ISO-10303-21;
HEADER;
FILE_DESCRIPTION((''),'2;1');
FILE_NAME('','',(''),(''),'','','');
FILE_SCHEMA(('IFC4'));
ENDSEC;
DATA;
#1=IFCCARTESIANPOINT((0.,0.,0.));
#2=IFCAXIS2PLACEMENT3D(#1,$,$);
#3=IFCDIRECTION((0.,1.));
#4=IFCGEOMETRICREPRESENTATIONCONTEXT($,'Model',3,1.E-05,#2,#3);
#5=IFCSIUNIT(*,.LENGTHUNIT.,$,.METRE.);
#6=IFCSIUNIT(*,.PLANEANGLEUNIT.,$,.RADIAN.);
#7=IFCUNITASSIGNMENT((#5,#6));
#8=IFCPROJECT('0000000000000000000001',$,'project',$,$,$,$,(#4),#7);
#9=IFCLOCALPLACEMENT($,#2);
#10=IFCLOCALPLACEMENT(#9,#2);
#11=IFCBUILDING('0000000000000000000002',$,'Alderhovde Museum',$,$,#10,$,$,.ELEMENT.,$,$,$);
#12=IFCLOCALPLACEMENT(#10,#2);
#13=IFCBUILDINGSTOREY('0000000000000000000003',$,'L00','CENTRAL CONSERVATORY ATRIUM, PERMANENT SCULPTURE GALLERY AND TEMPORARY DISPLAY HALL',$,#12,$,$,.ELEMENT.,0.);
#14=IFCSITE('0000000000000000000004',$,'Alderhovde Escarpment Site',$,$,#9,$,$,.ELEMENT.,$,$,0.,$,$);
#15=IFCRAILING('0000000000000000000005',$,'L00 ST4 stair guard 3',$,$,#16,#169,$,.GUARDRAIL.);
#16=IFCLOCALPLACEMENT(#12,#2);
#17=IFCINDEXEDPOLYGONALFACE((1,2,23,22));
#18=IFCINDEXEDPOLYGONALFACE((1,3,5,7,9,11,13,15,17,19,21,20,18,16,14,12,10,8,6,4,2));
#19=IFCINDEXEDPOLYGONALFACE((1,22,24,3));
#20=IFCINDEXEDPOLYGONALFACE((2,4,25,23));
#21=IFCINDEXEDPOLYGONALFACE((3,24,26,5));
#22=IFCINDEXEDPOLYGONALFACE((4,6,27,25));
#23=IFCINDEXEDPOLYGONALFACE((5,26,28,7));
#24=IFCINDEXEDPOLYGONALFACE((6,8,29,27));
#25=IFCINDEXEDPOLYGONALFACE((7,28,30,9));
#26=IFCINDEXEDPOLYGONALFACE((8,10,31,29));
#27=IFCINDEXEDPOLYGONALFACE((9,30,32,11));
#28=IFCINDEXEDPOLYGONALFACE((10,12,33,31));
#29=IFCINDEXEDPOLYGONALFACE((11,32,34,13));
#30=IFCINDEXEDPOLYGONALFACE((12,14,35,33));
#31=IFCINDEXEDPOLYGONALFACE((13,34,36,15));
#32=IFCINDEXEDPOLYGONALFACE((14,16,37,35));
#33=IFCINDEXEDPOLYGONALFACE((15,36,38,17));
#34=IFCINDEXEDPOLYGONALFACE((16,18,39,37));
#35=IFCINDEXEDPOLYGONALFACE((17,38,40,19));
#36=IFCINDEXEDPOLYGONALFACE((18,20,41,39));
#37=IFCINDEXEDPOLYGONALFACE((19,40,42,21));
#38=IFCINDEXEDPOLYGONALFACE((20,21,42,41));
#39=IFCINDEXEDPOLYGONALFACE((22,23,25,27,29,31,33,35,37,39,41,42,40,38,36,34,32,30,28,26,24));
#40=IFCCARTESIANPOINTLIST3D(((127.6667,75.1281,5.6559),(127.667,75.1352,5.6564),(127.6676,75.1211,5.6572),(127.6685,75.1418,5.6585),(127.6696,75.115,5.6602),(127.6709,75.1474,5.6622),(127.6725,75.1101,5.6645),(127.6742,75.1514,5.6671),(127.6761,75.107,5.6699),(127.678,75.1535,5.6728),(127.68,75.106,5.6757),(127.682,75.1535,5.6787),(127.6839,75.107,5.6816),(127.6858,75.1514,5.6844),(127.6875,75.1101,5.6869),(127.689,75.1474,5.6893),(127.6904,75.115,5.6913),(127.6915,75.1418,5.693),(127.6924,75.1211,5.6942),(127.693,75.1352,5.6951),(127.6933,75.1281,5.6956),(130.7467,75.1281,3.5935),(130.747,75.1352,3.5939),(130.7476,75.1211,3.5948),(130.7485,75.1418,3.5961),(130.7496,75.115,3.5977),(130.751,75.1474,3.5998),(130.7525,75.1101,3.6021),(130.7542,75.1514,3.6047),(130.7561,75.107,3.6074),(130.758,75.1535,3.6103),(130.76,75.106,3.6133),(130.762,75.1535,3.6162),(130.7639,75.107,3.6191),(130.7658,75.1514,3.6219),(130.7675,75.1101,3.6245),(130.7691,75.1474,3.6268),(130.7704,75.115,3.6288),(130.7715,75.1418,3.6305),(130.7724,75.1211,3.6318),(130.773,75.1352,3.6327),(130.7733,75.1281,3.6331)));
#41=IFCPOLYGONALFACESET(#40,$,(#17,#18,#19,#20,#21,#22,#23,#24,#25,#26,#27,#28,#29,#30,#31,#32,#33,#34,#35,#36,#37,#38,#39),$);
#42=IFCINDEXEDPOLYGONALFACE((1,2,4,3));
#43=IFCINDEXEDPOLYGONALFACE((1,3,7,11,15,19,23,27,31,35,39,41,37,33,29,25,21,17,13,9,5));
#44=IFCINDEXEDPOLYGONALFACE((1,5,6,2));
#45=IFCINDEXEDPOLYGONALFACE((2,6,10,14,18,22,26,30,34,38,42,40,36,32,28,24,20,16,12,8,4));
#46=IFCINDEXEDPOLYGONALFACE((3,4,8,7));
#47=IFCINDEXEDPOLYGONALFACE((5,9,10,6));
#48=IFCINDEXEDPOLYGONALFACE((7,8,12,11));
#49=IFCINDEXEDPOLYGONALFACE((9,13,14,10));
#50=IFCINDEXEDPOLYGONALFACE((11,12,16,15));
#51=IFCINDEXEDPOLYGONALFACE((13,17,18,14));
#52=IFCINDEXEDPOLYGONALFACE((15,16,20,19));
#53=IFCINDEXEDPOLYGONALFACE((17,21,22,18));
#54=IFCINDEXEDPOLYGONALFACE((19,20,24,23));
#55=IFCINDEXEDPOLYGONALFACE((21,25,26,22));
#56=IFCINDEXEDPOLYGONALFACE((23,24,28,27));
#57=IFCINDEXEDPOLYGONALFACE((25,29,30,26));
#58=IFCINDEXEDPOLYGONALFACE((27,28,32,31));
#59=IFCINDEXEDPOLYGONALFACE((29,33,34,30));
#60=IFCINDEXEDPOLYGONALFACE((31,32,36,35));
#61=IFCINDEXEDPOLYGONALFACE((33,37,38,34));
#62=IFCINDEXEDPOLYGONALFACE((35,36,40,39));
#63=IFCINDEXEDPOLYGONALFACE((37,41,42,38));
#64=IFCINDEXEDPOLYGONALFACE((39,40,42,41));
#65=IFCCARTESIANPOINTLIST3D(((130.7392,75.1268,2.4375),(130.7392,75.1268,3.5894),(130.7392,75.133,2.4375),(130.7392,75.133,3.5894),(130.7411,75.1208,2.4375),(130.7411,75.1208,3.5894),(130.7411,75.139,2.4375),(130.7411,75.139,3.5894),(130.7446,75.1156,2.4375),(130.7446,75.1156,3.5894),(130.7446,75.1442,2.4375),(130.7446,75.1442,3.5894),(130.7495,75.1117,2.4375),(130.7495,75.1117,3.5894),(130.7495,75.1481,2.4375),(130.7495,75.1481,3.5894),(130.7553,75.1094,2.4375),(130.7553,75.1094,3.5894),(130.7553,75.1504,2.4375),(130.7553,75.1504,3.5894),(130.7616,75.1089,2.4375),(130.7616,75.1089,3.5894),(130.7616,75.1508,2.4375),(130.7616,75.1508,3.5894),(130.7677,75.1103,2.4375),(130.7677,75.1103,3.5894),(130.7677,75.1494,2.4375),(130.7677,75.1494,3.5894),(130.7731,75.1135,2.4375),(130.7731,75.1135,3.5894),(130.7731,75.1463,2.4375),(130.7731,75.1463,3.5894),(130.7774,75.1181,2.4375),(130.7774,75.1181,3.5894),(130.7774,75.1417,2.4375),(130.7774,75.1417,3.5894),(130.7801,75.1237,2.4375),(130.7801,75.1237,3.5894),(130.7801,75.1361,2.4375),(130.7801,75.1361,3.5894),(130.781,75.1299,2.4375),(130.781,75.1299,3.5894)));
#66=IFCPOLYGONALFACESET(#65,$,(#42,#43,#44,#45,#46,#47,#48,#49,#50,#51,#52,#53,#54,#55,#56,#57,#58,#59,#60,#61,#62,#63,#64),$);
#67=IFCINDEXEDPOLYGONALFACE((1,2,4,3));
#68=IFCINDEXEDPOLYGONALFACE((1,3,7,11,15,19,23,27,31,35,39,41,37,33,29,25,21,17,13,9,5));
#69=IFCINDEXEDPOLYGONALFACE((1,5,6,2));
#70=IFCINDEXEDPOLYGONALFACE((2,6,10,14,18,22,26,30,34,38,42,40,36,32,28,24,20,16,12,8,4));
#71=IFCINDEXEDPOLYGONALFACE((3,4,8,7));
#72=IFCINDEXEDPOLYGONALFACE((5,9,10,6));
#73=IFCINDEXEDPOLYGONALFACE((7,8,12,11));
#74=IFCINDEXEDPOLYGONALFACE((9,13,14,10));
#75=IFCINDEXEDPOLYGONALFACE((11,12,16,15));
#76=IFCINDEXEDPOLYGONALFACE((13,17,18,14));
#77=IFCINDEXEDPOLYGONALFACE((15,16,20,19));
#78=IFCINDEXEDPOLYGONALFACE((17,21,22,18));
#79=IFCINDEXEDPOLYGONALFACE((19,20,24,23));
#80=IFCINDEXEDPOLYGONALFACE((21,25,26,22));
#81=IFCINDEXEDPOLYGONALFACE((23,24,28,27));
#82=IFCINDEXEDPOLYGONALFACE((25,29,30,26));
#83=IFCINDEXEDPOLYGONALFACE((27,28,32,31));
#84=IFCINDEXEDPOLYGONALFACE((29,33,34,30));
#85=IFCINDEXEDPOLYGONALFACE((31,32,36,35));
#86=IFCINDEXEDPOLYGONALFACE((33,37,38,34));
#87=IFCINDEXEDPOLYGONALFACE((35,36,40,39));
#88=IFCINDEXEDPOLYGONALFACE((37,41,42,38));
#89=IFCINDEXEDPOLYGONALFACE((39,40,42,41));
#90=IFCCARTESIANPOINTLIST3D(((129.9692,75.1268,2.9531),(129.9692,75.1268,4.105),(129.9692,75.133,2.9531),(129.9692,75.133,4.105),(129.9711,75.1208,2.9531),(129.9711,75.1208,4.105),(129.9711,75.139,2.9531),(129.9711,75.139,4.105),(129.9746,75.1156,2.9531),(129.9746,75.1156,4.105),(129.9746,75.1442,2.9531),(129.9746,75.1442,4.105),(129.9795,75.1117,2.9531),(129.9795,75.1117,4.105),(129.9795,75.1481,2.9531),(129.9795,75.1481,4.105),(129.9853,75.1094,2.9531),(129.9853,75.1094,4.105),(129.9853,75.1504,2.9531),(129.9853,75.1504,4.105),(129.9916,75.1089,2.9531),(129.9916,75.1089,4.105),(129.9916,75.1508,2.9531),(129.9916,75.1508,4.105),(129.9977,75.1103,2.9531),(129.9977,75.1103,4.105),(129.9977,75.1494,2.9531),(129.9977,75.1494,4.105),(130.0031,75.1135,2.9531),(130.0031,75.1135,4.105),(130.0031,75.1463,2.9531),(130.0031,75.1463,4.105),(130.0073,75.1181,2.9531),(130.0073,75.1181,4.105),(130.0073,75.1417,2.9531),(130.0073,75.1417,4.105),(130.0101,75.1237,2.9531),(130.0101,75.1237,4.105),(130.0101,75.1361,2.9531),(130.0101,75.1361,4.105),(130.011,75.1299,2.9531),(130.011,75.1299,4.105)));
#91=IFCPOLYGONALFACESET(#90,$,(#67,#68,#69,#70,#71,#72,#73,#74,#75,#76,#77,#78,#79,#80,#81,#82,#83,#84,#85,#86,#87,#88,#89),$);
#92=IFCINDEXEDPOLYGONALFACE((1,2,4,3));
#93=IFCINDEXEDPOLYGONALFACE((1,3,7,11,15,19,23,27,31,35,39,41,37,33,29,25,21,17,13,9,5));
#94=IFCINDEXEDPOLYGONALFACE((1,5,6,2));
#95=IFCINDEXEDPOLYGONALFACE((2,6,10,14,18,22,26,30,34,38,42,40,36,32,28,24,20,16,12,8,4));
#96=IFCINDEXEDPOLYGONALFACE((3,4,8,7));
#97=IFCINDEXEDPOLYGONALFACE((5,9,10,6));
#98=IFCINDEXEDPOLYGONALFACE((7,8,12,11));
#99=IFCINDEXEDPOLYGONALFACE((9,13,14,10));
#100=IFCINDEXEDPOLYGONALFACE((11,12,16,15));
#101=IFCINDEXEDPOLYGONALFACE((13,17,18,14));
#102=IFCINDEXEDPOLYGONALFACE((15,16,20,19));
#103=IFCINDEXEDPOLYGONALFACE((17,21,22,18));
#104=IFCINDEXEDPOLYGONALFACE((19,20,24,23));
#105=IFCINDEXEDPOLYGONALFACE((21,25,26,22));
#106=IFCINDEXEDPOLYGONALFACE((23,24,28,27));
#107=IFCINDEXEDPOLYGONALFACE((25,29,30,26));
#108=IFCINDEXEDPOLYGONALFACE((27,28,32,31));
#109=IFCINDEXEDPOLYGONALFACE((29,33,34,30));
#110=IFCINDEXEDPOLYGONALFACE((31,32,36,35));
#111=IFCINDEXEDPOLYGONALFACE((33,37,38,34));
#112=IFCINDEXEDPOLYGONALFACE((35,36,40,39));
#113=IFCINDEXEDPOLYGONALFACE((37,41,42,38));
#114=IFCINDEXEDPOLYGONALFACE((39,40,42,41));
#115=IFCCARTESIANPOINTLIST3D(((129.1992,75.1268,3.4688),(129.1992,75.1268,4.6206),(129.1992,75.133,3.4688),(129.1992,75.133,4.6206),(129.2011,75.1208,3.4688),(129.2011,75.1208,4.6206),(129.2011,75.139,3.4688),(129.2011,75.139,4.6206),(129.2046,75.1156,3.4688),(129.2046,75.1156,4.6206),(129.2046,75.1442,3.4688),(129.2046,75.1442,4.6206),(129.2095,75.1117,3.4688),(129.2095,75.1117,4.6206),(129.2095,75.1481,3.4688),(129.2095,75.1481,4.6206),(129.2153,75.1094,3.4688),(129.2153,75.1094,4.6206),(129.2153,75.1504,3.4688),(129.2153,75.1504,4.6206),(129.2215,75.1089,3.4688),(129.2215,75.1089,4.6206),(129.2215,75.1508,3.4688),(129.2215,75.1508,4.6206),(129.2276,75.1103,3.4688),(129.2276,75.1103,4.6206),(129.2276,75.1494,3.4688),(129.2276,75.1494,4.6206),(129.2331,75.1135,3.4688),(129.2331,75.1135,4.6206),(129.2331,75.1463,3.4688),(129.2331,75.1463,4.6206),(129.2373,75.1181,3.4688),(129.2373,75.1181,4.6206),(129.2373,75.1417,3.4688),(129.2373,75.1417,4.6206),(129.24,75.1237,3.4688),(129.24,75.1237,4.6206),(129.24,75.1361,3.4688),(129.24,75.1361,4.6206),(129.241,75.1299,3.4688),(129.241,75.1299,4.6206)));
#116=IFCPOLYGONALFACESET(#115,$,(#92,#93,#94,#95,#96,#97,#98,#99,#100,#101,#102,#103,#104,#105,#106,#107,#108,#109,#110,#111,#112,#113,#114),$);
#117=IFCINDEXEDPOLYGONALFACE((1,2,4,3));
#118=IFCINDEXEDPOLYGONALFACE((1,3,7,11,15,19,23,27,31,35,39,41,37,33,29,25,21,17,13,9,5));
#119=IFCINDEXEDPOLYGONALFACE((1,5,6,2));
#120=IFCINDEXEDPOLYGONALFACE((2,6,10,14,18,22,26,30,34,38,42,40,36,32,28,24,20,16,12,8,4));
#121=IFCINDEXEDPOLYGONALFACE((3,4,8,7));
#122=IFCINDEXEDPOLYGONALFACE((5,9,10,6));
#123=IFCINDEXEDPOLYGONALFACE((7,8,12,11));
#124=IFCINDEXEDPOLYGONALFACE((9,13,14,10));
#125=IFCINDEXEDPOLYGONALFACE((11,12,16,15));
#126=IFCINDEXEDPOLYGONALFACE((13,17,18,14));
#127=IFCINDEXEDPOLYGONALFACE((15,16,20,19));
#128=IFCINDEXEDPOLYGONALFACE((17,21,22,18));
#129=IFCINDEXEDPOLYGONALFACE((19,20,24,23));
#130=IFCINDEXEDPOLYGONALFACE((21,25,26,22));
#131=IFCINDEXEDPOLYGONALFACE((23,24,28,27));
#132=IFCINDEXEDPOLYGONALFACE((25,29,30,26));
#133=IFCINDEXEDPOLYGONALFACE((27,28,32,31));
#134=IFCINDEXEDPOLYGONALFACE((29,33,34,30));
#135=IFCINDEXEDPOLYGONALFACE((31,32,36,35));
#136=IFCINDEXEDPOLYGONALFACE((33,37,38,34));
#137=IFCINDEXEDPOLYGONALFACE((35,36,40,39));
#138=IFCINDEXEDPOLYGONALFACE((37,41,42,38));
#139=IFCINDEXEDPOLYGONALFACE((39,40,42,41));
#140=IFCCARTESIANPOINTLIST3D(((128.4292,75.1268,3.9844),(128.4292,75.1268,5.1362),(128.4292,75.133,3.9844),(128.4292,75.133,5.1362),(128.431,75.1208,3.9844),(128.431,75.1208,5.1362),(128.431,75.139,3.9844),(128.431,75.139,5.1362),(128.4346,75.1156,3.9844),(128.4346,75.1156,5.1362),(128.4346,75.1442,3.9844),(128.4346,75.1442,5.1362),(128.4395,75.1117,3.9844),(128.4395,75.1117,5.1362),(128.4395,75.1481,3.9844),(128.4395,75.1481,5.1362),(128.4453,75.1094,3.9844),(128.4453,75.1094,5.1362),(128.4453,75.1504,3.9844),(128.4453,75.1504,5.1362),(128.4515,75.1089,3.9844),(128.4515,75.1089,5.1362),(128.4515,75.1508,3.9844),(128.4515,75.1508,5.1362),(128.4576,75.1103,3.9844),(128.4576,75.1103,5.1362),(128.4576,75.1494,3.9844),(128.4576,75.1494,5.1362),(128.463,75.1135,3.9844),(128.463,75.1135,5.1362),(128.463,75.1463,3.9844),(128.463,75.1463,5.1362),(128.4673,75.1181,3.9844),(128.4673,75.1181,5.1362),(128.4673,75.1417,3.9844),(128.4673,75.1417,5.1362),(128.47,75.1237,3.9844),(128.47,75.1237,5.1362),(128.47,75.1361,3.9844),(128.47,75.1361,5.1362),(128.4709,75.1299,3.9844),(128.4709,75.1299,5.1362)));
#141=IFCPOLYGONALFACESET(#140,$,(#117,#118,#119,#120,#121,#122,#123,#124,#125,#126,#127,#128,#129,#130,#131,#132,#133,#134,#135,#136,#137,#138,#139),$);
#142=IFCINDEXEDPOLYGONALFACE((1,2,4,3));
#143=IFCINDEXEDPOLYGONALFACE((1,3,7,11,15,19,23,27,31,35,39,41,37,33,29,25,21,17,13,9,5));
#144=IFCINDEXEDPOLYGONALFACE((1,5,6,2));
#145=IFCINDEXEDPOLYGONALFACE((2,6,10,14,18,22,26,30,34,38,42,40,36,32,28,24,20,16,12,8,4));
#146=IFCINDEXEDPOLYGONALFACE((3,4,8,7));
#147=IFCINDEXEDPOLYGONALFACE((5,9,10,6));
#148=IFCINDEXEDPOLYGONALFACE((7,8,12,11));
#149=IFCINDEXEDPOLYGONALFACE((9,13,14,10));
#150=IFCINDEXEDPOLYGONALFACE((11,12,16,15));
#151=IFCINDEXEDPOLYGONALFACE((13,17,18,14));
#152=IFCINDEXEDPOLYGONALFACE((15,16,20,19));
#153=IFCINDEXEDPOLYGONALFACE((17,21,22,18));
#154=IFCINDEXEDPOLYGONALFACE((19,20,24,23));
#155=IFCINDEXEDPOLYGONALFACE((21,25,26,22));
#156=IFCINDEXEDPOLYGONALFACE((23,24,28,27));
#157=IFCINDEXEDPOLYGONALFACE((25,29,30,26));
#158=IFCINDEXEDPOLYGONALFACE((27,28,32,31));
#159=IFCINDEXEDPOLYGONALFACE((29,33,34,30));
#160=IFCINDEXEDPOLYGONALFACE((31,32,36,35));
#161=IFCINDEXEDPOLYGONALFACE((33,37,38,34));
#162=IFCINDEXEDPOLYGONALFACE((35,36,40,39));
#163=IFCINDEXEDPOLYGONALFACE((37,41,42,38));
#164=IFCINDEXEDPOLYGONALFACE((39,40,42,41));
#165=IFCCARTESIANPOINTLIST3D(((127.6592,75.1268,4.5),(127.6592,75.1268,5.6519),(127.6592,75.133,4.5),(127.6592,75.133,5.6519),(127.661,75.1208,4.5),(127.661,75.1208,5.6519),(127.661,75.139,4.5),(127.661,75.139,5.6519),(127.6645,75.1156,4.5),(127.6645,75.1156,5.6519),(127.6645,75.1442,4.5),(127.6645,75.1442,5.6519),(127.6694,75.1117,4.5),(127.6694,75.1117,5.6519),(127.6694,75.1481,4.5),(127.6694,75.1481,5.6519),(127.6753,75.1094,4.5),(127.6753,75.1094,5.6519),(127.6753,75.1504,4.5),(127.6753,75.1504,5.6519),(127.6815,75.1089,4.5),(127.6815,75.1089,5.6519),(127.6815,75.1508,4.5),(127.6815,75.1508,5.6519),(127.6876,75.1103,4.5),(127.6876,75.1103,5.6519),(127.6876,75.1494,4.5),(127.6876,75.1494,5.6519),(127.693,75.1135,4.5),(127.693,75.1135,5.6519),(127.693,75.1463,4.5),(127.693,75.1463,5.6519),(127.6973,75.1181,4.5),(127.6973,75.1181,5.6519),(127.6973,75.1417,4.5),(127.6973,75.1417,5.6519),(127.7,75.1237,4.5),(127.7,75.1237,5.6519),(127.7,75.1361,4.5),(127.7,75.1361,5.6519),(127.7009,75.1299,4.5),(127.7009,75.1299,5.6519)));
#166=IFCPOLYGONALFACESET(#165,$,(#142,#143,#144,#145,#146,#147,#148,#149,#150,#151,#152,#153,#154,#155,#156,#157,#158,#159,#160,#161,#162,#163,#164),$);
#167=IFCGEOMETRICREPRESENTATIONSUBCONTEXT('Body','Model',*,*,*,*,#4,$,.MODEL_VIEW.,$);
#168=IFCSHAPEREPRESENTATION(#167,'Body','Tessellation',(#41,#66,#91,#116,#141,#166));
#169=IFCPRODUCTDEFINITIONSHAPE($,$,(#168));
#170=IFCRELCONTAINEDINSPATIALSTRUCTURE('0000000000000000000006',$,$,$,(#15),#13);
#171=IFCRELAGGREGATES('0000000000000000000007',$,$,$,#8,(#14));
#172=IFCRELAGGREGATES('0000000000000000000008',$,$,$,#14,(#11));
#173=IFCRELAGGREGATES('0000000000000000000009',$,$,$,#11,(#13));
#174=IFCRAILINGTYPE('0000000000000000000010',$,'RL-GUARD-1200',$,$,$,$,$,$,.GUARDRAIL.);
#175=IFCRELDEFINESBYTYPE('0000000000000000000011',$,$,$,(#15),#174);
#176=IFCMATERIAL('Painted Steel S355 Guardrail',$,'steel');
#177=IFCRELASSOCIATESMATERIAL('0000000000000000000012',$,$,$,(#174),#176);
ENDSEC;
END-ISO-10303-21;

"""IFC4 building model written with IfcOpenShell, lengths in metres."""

from ifc_helpers import new_model, si_unit, direction, frame, origin, origin_2d, place, context, subcontext, project, spatial, circle, extrude, material, type_object, element, save


model = new_model("IFC4")

# Units and contexts
model_context = context("Model", 3, precision=1e-05, world=origin(), true_north=direction((0.0, 1.0)))
body_context = subcontext(model_context, "Body", "Model", "MODEL_VIEW")
ifc_project = project(units=[si_unit("LENGTHUNIT", "METRE"), si_unit("PLANEANGLEUNIT", "RADIAN")], contexts=[model_context])

# Site, building, storey
site_placement = place(None, origin())
site = spatial("IfcSite", under=ifc_project, at=site_placement, Name="Alderhovde Escarpment Site", CompositionType="ELEMENT", RefElevation=0.0)
building_placement = place(site_placement, origin())
building = spatial("IfcBuilding", under=site, at=building_placement, Name="Alderhovde Museum", CompositionType="ELEMENT")
storey_placement = place(building_placement, origin())
storey = spatial("IfcBuildingStorey", under=building, at=storey_placement, Name="L00", Description="CENTRAL CONSERVATORY ATRIUM, PERMANENT SCULPTURE GALLERY AND TEMPORARY DISPLAY HALL", CompositionType="ELEMENT", Elevation=0.0)

# Railing
ifc_material_1 = material(Name="Painted Steel S355 Guardrail", Category="steel")
railing_type_1 = type_object("IfcRailingType", Name="RL-GUARD-1200", PredefinedType="GUARDRAIL", material=ifc_material_1)
railing_1_placement = place(storey_placement, frame((130.76, 75.1299, 2.4375)))
element("IfcRailing", 1, at=railing_1_placement, inside=storey, type_object=railing_type_1, Name="L00 ST4 stair guard 3", PredefinedType="GUARDRAIL", context=body_context, shape_type="SweptSolid", body=[
    extrude(circle(Radius=0.0239, at=origin_2d()), frame((0.0, 0.0, 1.1758), z_axis=(-0.830914, 0.0, 0.556401), x_axis=(0.0, -1.0, 0.0)), (0.0, 0.0, 1.0), 3.7068),
    extrude(circle(Radius=0.021, at=origin_2d()), origin(), (0.0, 0.0, 1.0), 1.1519),
    extrude(circle(Radius=0.021, at=origin_2d()), frame((-0.77, 0.0, 0.5156)), (0.0, 0.0, 1.0), 1.1519),
    extrude(circle(Radius=0.021, at=origin_2d()), frame((-1.54, 0.0, 1.0312)), (0.0, 0.0, 1.0), 1.1519),
    extrude(circle(Radius=0.021, at=origin_2d()), frame((-2.3101, 0.0, 1.5469)), (0.0, 0.0, 1.0), 1.1519),
    extrude(circle(Radius=0.021, at=origin_2d()), frame((-3.0801, 0.0, 2.0625)), (0.0, 0.0, 1.0), 1.1519),
])

save(model, "model.ifc")
